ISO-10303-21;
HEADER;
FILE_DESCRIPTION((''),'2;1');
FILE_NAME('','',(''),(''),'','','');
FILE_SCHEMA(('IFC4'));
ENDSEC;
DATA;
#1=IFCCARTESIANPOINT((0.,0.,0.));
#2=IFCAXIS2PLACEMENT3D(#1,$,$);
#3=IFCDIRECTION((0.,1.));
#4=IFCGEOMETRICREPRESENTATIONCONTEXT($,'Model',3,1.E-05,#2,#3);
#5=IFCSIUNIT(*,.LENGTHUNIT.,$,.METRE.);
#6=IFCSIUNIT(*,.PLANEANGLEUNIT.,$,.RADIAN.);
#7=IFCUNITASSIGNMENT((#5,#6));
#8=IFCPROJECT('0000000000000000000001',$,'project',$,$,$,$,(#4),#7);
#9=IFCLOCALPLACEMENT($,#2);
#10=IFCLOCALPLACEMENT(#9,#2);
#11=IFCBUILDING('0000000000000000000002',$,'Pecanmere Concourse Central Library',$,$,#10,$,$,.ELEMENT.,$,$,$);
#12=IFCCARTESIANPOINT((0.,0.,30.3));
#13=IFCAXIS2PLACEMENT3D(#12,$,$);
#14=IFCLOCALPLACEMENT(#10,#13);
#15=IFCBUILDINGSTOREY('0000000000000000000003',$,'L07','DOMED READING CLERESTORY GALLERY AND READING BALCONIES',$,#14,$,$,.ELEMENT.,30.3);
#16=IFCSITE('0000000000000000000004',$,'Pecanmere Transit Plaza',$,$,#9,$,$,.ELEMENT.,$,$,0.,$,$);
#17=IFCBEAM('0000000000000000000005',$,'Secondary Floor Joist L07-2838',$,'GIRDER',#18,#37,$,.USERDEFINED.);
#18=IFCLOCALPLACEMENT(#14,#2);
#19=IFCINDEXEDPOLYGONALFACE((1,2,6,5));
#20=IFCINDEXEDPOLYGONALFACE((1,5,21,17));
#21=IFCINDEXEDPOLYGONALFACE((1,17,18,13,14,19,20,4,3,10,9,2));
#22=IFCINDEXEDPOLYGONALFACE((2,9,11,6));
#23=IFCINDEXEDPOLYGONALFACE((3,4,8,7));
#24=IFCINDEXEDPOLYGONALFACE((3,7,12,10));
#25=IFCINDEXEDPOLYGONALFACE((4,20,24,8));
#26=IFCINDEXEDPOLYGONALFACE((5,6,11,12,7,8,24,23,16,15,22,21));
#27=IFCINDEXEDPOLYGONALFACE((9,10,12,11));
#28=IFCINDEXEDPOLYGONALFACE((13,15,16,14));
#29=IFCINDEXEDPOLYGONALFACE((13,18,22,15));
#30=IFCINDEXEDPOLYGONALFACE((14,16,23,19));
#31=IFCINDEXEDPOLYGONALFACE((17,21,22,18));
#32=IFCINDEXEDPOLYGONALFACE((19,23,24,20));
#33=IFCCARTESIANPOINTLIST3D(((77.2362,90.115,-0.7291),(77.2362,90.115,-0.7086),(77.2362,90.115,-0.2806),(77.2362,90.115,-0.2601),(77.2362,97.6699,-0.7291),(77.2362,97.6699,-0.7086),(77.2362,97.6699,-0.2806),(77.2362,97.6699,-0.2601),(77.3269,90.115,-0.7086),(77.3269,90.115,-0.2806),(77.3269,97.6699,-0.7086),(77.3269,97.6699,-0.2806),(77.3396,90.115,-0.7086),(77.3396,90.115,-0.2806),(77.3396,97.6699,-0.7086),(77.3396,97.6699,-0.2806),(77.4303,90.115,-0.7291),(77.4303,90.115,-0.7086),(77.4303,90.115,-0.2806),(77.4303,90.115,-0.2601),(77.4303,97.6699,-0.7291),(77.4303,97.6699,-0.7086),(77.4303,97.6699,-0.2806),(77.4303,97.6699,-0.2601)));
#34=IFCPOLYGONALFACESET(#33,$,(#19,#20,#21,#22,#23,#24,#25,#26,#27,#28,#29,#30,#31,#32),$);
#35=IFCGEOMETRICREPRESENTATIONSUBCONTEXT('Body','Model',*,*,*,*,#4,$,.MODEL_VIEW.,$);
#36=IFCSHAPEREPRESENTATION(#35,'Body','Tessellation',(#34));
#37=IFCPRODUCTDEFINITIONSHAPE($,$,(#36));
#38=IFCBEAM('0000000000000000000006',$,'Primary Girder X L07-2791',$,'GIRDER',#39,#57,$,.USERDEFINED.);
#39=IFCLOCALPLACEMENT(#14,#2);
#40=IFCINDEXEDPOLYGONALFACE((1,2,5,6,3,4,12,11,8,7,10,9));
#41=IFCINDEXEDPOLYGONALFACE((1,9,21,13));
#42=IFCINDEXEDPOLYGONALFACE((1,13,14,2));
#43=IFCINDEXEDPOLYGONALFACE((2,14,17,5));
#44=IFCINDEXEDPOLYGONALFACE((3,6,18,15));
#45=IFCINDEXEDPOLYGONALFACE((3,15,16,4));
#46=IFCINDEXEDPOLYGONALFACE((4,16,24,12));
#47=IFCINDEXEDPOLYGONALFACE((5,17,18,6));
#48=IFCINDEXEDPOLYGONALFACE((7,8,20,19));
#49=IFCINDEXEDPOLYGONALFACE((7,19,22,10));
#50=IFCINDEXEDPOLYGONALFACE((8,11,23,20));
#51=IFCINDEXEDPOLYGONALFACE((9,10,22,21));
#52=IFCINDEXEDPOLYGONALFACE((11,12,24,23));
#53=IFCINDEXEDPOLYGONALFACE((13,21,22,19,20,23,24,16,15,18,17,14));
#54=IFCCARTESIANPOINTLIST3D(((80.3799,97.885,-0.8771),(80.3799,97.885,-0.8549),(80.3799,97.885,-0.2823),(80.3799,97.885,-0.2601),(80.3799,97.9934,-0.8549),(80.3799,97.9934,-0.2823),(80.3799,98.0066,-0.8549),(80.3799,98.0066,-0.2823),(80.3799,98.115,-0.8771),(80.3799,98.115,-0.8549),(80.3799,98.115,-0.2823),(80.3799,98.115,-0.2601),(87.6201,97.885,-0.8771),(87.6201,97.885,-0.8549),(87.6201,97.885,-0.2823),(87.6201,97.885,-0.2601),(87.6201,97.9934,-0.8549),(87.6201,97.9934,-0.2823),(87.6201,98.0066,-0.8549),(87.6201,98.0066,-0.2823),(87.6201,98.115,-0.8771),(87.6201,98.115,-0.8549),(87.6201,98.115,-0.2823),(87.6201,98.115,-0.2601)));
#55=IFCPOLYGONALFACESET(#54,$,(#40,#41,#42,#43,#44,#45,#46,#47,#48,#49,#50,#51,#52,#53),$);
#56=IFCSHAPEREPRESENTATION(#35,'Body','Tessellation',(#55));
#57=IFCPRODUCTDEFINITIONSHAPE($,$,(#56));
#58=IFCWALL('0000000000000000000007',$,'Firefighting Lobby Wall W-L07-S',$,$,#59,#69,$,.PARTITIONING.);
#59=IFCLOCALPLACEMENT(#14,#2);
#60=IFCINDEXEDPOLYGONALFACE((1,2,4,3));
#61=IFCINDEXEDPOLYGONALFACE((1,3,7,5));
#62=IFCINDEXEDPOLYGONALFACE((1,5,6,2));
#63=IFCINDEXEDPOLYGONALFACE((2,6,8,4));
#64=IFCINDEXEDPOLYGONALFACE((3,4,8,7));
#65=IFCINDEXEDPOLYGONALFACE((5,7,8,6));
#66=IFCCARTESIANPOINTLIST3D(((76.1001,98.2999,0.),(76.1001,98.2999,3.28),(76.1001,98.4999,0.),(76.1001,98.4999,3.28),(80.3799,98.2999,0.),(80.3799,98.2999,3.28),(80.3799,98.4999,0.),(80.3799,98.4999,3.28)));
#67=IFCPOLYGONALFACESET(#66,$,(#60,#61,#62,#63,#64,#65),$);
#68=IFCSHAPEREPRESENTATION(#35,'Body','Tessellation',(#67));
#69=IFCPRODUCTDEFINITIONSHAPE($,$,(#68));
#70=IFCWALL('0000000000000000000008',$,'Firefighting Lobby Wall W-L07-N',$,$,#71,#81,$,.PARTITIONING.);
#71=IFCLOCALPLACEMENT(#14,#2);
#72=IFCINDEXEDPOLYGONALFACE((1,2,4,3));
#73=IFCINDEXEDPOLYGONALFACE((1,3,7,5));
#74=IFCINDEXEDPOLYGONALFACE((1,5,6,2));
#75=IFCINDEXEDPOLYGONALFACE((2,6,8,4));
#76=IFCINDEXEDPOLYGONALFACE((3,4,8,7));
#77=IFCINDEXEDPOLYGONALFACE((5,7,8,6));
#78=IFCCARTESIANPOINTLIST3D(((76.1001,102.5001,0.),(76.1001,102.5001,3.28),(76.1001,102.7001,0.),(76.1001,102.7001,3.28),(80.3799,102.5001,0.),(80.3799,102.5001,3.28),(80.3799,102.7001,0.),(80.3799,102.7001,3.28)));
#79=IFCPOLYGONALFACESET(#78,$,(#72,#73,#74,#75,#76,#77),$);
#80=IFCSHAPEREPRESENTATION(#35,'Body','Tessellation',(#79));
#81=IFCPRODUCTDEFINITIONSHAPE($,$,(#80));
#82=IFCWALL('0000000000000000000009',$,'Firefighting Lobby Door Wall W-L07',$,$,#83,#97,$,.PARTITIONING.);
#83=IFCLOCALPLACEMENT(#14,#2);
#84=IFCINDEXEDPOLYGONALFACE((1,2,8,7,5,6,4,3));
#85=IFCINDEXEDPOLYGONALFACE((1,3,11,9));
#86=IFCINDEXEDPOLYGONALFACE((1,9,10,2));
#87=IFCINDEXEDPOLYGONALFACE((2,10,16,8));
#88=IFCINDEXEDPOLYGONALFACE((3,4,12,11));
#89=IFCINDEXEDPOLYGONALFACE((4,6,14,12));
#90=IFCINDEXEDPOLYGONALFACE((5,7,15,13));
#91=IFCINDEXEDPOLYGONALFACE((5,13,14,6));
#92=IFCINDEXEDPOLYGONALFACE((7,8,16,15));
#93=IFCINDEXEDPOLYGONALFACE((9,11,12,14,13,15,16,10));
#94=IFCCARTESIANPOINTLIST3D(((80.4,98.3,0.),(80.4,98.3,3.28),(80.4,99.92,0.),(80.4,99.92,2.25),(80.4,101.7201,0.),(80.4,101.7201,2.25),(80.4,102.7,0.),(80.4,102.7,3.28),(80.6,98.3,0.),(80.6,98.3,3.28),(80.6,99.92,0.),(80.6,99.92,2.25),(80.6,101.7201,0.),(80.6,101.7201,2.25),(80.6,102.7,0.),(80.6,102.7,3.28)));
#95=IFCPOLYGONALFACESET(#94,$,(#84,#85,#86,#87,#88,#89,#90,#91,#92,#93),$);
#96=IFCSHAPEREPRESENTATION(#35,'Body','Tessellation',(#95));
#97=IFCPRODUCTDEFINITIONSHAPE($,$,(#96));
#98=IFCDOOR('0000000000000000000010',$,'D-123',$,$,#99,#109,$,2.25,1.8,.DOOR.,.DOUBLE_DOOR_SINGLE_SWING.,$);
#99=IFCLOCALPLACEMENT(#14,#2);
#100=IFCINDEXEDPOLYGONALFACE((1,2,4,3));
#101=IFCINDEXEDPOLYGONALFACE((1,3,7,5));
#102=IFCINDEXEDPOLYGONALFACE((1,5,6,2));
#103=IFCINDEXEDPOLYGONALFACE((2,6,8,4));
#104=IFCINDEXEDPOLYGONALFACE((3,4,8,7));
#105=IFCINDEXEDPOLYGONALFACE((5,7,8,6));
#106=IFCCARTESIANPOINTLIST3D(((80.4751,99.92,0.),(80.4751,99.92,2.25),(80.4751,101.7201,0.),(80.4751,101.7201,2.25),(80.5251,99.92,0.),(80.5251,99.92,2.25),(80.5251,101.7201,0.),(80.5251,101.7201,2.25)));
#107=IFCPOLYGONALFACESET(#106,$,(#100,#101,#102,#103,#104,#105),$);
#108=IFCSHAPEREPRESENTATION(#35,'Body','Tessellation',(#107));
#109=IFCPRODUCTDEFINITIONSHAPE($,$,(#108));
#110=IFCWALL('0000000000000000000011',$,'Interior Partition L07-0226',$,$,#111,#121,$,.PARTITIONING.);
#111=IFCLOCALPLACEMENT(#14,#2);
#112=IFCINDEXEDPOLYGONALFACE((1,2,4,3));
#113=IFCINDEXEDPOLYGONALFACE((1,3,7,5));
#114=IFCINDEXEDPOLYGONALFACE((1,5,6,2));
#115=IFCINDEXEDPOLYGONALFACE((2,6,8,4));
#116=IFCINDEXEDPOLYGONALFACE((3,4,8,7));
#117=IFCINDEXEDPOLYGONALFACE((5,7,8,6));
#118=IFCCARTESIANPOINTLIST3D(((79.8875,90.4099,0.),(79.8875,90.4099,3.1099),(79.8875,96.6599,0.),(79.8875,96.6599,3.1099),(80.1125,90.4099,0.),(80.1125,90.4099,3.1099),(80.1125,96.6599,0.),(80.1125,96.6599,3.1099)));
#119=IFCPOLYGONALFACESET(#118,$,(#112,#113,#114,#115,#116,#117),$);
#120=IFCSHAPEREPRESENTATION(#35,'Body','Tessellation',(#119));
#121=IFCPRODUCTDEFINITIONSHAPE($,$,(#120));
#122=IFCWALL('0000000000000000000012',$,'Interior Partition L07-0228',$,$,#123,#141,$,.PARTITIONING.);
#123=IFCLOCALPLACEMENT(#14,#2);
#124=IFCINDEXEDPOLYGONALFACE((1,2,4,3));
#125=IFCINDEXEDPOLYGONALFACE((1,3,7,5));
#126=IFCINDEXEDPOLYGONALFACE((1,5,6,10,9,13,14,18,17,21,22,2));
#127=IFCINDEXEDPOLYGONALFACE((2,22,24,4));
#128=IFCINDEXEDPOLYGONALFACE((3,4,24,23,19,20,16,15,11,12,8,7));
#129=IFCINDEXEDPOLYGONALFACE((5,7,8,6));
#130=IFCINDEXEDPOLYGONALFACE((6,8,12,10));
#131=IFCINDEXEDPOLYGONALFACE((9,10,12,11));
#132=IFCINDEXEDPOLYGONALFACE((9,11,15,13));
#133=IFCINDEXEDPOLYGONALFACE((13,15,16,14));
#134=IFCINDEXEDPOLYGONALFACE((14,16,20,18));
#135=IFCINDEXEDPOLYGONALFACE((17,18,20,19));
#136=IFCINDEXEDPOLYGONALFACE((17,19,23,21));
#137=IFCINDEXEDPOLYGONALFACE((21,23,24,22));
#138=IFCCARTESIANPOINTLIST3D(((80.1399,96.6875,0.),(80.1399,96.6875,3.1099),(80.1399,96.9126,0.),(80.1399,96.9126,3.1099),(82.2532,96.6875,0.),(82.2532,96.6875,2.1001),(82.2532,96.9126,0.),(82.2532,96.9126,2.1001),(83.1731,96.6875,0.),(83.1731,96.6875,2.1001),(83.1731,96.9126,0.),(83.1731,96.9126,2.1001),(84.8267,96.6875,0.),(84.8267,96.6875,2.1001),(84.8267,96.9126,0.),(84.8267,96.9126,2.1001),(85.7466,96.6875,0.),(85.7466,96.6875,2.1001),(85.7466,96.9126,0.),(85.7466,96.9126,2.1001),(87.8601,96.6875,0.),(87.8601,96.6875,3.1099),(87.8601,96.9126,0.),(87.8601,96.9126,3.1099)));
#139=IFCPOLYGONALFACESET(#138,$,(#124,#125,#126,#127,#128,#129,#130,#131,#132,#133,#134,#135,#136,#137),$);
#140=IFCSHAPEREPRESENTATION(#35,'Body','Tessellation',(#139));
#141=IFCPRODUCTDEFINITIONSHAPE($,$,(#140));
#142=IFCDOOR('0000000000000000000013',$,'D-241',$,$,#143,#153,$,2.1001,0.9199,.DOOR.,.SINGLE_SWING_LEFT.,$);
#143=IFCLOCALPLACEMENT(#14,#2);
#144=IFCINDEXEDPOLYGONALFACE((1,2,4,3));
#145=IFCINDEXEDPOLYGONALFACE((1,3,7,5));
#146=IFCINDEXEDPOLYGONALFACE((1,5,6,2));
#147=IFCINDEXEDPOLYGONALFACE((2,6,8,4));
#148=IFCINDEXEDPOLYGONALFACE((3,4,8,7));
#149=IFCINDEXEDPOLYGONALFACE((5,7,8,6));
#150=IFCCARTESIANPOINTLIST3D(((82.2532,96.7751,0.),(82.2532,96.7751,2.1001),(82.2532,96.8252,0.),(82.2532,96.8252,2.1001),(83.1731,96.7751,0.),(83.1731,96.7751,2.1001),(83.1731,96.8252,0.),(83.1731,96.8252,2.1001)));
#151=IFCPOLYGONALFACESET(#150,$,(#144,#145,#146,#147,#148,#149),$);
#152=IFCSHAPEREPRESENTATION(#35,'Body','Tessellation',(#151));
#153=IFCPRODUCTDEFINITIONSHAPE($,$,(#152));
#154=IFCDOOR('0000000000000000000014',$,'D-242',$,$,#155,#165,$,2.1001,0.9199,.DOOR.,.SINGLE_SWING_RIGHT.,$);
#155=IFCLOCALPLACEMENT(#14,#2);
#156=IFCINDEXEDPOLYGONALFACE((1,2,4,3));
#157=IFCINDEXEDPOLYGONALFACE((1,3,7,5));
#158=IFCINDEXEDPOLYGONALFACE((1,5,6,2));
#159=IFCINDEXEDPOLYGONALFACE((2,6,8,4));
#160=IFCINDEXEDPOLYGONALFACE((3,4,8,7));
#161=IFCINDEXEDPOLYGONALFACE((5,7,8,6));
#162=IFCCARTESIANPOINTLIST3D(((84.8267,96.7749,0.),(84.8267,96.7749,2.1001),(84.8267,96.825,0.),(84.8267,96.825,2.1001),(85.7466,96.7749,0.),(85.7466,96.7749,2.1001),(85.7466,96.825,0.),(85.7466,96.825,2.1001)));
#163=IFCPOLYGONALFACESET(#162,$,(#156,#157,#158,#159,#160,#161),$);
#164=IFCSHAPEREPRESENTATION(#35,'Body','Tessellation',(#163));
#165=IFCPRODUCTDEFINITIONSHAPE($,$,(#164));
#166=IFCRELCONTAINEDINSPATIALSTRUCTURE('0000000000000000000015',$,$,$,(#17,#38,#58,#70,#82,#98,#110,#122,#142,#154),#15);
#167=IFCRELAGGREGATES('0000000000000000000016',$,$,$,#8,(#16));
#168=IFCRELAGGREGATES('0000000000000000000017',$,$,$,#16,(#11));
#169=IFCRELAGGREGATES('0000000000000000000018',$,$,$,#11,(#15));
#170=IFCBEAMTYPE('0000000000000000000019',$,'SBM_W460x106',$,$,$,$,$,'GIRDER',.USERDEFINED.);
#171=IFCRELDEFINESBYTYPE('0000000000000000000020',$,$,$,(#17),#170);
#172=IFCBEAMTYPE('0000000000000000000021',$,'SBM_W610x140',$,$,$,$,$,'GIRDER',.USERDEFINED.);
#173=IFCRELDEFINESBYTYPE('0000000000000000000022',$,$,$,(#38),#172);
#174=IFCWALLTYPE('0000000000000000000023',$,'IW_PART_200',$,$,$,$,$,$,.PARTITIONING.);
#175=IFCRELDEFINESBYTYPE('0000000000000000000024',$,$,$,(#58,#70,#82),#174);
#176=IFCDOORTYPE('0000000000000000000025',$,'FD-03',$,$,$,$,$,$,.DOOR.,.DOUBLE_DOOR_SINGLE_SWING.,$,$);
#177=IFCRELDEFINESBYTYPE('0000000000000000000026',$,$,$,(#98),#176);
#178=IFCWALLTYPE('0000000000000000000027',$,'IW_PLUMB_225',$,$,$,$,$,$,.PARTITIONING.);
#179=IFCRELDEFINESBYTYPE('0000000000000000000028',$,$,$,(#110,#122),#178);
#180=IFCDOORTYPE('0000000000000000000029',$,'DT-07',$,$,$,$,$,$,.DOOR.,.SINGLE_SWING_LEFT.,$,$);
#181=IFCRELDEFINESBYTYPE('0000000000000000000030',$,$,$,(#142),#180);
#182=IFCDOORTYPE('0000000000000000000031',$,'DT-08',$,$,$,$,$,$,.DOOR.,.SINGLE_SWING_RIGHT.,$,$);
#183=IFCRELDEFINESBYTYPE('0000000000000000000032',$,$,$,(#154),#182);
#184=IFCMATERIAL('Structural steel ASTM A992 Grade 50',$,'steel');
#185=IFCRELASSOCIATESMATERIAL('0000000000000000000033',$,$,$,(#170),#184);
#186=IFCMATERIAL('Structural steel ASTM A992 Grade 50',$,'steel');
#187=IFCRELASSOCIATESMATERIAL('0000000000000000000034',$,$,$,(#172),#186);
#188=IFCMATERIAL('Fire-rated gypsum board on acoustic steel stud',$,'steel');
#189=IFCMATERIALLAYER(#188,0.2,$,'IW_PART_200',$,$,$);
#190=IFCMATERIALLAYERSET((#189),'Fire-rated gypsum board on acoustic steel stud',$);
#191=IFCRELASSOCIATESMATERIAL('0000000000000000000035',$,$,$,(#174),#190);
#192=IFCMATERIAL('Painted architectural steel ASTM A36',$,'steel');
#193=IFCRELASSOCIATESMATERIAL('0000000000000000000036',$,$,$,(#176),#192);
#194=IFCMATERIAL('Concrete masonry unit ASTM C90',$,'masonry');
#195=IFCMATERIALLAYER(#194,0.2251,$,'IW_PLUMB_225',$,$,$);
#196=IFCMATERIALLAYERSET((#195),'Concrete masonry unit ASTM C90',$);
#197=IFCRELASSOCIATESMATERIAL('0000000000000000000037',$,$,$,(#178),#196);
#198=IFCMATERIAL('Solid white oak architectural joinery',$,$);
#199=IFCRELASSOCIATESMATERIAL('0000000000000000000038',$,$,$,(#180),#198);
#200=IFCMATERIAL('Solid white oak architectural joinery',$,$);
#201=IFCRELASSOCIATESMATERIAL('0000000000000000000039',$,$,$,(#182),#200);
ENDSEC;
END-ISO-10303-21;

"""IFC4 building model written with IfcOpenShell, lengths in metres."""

from ifc_helpers import new_model, si_unit, direction, frame, frame_2d, origin, origin_2d, place, context, subcontext, project, spatial, rectangle, i_section, extrude, material, layer, layer_set, material_profile, profile_set, type_object, element, fill, save


model = new_model("IFC4")

# Units and contexts
model_context = context("Model", 3, precision=1e-05, world=origin(), true_north=direction((0.0, 1.0)))
body_context = subcontext(model_context, "Body", "Model", "MODEL_VIEW")
ifc_project = project(units=[si_unit("LENGTHUNIT", "METRE"), si_unit("PLANEANGLEUNIT", "RADIAN")], contexts=[model_context])

# Site, building, storey
site_placement = place(None, origin())
site = spatial("IfcSite", under=ifc_project, at=site_placement, Name="Pecanmere Transit Plaza", CompositionType="ELEMENT", RefElevation=0.0)
building_placement = place(site_placement, origin())
building = spatial("IfcBuilding", under=site, at=building_placement, Name="Pecanmere Concourse Central Library", CompositionType="ELEMENT")
storey_placement = place(building_placement, frame((0.0, 0.0, 30.3)))
storey = spatial("IfcBuildingStorey", under=building, at=storey_placement, Name="L07", Description="DOMED READING CLERESTORY GALLERY AND READING BALCONIES", CompositionType="ELEMENT", Elevation=30.3)

# Beams
ifc_material_1 = material(Name="Structural steel ASTM A992 Grade 50", Category="steel")
ifc_material_profile_1 = material_profile(ifc_material_1, i_section(OverallWidth=0.1941, OverallDepth=0.469, WebThickness=0.0127, FlangeThickness=0.0205, at=origin_2d()), Name="W460x106")
ifc_profile_set_1 = profile_set([ifc_material_profile_1], Name="Structural steel ASTM A992 Grade 50")
beam_type_1 = type_object("IfcBeamType", Name="SBM_W460x106", ElementType="GIRDER", PredefinedType="USERDEFINED", material=ifc_profile_set_1)
beam_1_placement = place(storey_placement, frame((77.3333, 90.115, -0.4946), z_axis=(0.0, 1.0, 0.0), x_axis=(-1.0, 0.0, 0.0)))
element("IfcBeam", 1, at=beam_1_placement, inside=storey, type_object=beam_type_1, Name="Secondary Floor Joist L07-2838", ObjectType="GIRDER", PredefinedType="USERDEFINED", context=body_context, shape_type="SweptSolid", body=[
    extrude(i_section(OverallWidth=0.1941, OverallDepth=0.469, WebThickness=0.0127, FlangeThickness=0.0205, at=origin_2d()), origin(), (0.0, 0.0, 1.0), 7.5549),
])
ifc_material_2 = material(Name="Structural steel ASTM A992 Grade 50", Category="steel")
ifc_material_profile_2 = material_profile(ifc_material_2, i_section(OverallWidth=0.23, OverallDepth=0.6169, WebThickness=0.0132, FlangeThickness=0.0222, at=origin_2d()), Name="W610x140")
ifc_profile_set_2 = profile_set([ifc_material_profile_2], Name="Structural steel ASTM A992 Grade 50")
beam_type_2 = type_object("IfcBeamType", Name="SBM_W610x140", ElementType="GIRDER", PredefinedType="USERDEFINED", material=ifc_profile_set_2)
beam_2_placement = place(storey_placement, frame((80.3799, 98.0, -0.5686), z_axis=(1.0, 0.0, 0.0), x_axis=(0.0, 1.0, 0.0)))
element("IfcBeam", 2, at=beam_2_placement, inside=storey, type_object=beam_type_2, Name="Primary Girder X L07-2791", ObjectType="GIRDER", PredefinedType="USERDEFINED", context=body_context, shape_type="SweptSolid", body=[
    extrude(i_section(OverallWidth=0.23, OverallDepth=0.6169, WebThickness=0.0132, FlangeThickness=0.0222, at=origin_2d()), origin(), (0.0, 0.0, 1.0), 7.2402),
])

# Walls
ifc_material_3 = material(Name="Fire-rated gypsum board on acoustic steel stud", Category="steel")
ifc_layer_1 = layer(ifc_material_3, 0.2, Name="IW_PART_200")
ifc_layer_set_1 = layer_set([ifc_layer_1], Name="Fire-rated gypsum board on acoustic steel stud")
wall_type_1 = type_object("IfcWallType", Name="IW_PART_200", PredefinedType="PARTITIONING", material=ifc_layer_set_1)
for number, where, z_axis, x_axis, name in (
    (3, (76.1001, 98.3999, 0.0), (0.0, 0.0, 1.0), (1.0, 0.0, 0.0), "Firefighting Lobby Wall W-L07-S"),
    (4, (76.1001, 102.6001, 0.0), (0.0, 0.0, 1.0), (1.0, 0.0, 0.0), "Firefighting Lobby Wall W-L07-N"),
):
    element("IfcWall", number, at=place(storey_placement, frame(where, z_axis=z_axis, x_axis=x_axis)), inside=storey, type_object=wall_type_1, Name=name, PredefinedType="PARTITIONING", context=body_context, shape_type="SweptSolid", body=[
        extrude(rectangle(XDim=4.2798, YDim=0.2, at=frame_2d((2.1399, 0.0))), origin(), (0.0, 0.0, 1.0), 3.28),
    ])

# Wall, opening, door
wall_1_placement = place(storey_placement, frame((80.5, 98.3, 0.0), z_axis=(0.0, 0.0, 1.0), x_axis=(0.0, 1.0, 0.0)))
wall_1 = element("IfcWall", 5, at=wall_1_placement, inside=storey, type_object=wall_type_1, Name="Firefighting Lobby Door Wall W-L07", PredefinedType="PARTITIONING", context=body_context, shape_type="SweptSolid", body=[
    extrude(rectangle(XDim=4.3999, YDim=0.2, at=frame_2d((2.2, 0.0))), origin(), (0.0, 0.0, 1.0), 3.28),
])
opening_1_placement = place(wall_1_placement, frame((1.6201, 0.0, 0.0)))
opening_1 = element("IfcOpeningElement", 6, at=opening_1_placement, cuts=wall_1, PredefinedType="OPENING", context=body_context, shape_type="SweptSolid", body=[
    extrude(rectangle(XDim=1.8, YDim=2.25, at=frame_2d((0.8999, 1.125))), frame((0.0, 0.1118, 0.0), z_axis=(0.0, -1.0, 0.0), x_axis=(1.0, 0.0, 0.0)), (0.0, 0.0, 1.0), 0.2239),
])
ifc_material_4 = material(Name="Painted architectural steel ASTM A36", Category="steel")
door_type_1 = type_object("IfcDoorType", Name="FD-03", OperationType="DOUBLE_DOOR_SINGLE_SWING", PredefinedType="DOOR", material=ifc_material_4)
door_1_placement = place(opening_1_placement, origin())
door_1 = element("IfcDoor", 7, at=door_1_placement, inside=storey, type_object=door_type_1, Name="D-123", OperationType="DOUBLE_DOOR_SINGLE_SWING", OverallHeight=2.25, OverallWidth=1.8, PredefinedType="DOOR", context=body_context, shape_type="SweptSolid", body=[
    extrude(rectangle(XDim=1.8, YDim=2.25, at=frame_2d((0.8999, 1.125))), frame((0.0, 0.0249, 0.0), z_axis=(0.0, -1.0, 0.0), x_axis=(1.0, 0.0, 0.0)), (0.0, 0.0, 1.0), 0.05),
])
fill(opening_1, door_1)

# Wall
ifc_material_5 = material(Name="Concrete masonry unit ASTM C90", Category="masonry")
ifc_layer_2 = layer(ifc_material_5, 0.2251, Name="IW_PLUMB_225")
ifc_layer_set_2 = layer_set([ifc_layer_2], Name="Concrete masonry unit ASTM C90")
wall_type_2 = type_object("IfcWallType", Name="IW_PLUMB_225", PredefinedType="PARTITIONING", material=ifc_layer_set_2)
wall_2_placement = place(storey_placement, frame((80.0, 90.4099, 0.0), z_axis=(0.0, 0.0, 1.0), x_axis=(0.0, 1.0, 0.0)))
element("IfcWall", 8, at=wall_2_placement, inside=storey, type_object=wall_type_2, Name="Interior Partition L07-0226", PredefinedType="PARTITIONING", context=body_context, shape_type="SweptSolid", body=[
    extrude(rectangle(XDim=6.25, YDim=0.2251, at=frame_2d((3.125, 0.0))), origin(), (0.0, 0.0, 1.0), 3.1099),
])

# Wall, openings, doors
wall_3_placement = place(storey_placement, frame((80.1399, 96.8, 0.0), z_axis=(0.0, 0.0, 1.0), x_axis=(1.0, 0.0, 0.0)))
wall_3 = element("IfcWall", 9, at=wall_3_placement, inside=storey, type_object=wall_type_2, Name="Interior Partition L07-0228", PredefinedType="PARTITIONING", context=body_context, shape_type="SweptSolid", body=[
    extrude(rectangle(XDim=7.7202, YDim=0.2251, at=frame_2d((3.8601, 0.0))), origin(), (0.0, 0.0, 1.0), 3.1099),
])
opening_2_placement = place(wall_3_placement, frame((2.1133, 0.0, 0.0)))
opening_2 = element("IfcOpeningElement", 10, at=opening_2_placement, cuts=wall_3, PredefinedType="OPENING", context=body_context, shape_type="SweptSolid", body=[
    extrude(rectangle(XDim=0.9199, YDim=2.1001, at=frame_2d((0.46, 1.05))), frame((0.0, 0.1245, 0.0), z_axis=(0.0, -1.0, 0.0), x_axis=(1.0, 0.0, 0.0)), (0.0, 0.0, 1.0), 0.249),
])
opening_3_placement = place(wall_3_placement, frame((4.6868, 0.0, 0.0)))
opening_3 = element("IfcOpeningElement", 11, at=opening_3_placement, cuts=wall_3, PredefinedType="OPENING", context=body_context, shape_type="SweptSolid", body=[
    extrude(rectangle(XDim=0.9199, YDim=2.1001, at=frame_2d((0.46, 1.05))), frame((0.0, 0.1245, 0.0), z_axis=(0.0, -1.0, 0.0), x_axis=(1.0, 0.0, 0.0)), (0.0, 0.0, 1.0), 0.249),
])
ifc_material_6 = material(Name="Solid white oak architectural joinery")
door_type_2 = type_object("IfcDoorType", Name="DT-07", OperationType="SINGLE_SWING_LEFT", PredefinedType="DOOR", material=ifc_material_6)
door_2_placement = place(opening_2_placement, frame((0.9199, 0.0, 0.0), z_axis=(0.0, 0.0, 1.0), x_axis=(-1.0, 0.0, 0.0)))
door_2 = element("IfcDoor", 12, at=door_2_placement, inside=storey, type_object=door_type_2, Name="D-241", OperationType="SINGLE_SWING_LEFT", OverallHeight=2.1001, OverallWidth=0.9199, PredefinedType="DOOR", context=body_context, shape_type="SweptSolid", body=[
    extrude(rectangle(XDim=0.9199, YDim=2.1001, at=frame_2d((0.46, 1.05))), frame((0.0, 0.0249, 0.0), z_axis=(0.0, -1.0, 0.0), x_axis=(1.0, 0.0, 0.0)), (0.0, 0.0, 1.0), 0.05),
])
fill(opening_2, door_2)
ifc_material_7 = material(Name="Solid white oak architectural joinery")
door_type_3 = type_object("IfcDoorType", Name="DT-08", OperationType="SINGLE_SWING_RIGHT", PredefinedType="DOOR", material=ifc_material_7)
door_3_placement = place(opening_3_placement, origin())
door_3 = element("IfcDoor", 13, at=door_3_placement, inside=storey, type_object=door_type_3, Name="D-242", OperationType="SINGLE_SWING_RIGHT", OverallHeight=2.1001, OverallWidth=0.9199, PredefinedType="DOOR", context=body_context, shape_type="SweptSolid", body=[
    extrude(rectangle(XDim=0.9199, YDim=2.1001, at=frame_2d((0.46, 1.05))), frame((0.0, 0.0249, 0.0), z_axis=(0.0, -1.0, 0.0), x_axis=(1.0, 0.0, 0.0)), (0.0, 0.0, 1.0), 0.05),
])
fill(opening_3, door_3)

save(model, "model.ifc")
